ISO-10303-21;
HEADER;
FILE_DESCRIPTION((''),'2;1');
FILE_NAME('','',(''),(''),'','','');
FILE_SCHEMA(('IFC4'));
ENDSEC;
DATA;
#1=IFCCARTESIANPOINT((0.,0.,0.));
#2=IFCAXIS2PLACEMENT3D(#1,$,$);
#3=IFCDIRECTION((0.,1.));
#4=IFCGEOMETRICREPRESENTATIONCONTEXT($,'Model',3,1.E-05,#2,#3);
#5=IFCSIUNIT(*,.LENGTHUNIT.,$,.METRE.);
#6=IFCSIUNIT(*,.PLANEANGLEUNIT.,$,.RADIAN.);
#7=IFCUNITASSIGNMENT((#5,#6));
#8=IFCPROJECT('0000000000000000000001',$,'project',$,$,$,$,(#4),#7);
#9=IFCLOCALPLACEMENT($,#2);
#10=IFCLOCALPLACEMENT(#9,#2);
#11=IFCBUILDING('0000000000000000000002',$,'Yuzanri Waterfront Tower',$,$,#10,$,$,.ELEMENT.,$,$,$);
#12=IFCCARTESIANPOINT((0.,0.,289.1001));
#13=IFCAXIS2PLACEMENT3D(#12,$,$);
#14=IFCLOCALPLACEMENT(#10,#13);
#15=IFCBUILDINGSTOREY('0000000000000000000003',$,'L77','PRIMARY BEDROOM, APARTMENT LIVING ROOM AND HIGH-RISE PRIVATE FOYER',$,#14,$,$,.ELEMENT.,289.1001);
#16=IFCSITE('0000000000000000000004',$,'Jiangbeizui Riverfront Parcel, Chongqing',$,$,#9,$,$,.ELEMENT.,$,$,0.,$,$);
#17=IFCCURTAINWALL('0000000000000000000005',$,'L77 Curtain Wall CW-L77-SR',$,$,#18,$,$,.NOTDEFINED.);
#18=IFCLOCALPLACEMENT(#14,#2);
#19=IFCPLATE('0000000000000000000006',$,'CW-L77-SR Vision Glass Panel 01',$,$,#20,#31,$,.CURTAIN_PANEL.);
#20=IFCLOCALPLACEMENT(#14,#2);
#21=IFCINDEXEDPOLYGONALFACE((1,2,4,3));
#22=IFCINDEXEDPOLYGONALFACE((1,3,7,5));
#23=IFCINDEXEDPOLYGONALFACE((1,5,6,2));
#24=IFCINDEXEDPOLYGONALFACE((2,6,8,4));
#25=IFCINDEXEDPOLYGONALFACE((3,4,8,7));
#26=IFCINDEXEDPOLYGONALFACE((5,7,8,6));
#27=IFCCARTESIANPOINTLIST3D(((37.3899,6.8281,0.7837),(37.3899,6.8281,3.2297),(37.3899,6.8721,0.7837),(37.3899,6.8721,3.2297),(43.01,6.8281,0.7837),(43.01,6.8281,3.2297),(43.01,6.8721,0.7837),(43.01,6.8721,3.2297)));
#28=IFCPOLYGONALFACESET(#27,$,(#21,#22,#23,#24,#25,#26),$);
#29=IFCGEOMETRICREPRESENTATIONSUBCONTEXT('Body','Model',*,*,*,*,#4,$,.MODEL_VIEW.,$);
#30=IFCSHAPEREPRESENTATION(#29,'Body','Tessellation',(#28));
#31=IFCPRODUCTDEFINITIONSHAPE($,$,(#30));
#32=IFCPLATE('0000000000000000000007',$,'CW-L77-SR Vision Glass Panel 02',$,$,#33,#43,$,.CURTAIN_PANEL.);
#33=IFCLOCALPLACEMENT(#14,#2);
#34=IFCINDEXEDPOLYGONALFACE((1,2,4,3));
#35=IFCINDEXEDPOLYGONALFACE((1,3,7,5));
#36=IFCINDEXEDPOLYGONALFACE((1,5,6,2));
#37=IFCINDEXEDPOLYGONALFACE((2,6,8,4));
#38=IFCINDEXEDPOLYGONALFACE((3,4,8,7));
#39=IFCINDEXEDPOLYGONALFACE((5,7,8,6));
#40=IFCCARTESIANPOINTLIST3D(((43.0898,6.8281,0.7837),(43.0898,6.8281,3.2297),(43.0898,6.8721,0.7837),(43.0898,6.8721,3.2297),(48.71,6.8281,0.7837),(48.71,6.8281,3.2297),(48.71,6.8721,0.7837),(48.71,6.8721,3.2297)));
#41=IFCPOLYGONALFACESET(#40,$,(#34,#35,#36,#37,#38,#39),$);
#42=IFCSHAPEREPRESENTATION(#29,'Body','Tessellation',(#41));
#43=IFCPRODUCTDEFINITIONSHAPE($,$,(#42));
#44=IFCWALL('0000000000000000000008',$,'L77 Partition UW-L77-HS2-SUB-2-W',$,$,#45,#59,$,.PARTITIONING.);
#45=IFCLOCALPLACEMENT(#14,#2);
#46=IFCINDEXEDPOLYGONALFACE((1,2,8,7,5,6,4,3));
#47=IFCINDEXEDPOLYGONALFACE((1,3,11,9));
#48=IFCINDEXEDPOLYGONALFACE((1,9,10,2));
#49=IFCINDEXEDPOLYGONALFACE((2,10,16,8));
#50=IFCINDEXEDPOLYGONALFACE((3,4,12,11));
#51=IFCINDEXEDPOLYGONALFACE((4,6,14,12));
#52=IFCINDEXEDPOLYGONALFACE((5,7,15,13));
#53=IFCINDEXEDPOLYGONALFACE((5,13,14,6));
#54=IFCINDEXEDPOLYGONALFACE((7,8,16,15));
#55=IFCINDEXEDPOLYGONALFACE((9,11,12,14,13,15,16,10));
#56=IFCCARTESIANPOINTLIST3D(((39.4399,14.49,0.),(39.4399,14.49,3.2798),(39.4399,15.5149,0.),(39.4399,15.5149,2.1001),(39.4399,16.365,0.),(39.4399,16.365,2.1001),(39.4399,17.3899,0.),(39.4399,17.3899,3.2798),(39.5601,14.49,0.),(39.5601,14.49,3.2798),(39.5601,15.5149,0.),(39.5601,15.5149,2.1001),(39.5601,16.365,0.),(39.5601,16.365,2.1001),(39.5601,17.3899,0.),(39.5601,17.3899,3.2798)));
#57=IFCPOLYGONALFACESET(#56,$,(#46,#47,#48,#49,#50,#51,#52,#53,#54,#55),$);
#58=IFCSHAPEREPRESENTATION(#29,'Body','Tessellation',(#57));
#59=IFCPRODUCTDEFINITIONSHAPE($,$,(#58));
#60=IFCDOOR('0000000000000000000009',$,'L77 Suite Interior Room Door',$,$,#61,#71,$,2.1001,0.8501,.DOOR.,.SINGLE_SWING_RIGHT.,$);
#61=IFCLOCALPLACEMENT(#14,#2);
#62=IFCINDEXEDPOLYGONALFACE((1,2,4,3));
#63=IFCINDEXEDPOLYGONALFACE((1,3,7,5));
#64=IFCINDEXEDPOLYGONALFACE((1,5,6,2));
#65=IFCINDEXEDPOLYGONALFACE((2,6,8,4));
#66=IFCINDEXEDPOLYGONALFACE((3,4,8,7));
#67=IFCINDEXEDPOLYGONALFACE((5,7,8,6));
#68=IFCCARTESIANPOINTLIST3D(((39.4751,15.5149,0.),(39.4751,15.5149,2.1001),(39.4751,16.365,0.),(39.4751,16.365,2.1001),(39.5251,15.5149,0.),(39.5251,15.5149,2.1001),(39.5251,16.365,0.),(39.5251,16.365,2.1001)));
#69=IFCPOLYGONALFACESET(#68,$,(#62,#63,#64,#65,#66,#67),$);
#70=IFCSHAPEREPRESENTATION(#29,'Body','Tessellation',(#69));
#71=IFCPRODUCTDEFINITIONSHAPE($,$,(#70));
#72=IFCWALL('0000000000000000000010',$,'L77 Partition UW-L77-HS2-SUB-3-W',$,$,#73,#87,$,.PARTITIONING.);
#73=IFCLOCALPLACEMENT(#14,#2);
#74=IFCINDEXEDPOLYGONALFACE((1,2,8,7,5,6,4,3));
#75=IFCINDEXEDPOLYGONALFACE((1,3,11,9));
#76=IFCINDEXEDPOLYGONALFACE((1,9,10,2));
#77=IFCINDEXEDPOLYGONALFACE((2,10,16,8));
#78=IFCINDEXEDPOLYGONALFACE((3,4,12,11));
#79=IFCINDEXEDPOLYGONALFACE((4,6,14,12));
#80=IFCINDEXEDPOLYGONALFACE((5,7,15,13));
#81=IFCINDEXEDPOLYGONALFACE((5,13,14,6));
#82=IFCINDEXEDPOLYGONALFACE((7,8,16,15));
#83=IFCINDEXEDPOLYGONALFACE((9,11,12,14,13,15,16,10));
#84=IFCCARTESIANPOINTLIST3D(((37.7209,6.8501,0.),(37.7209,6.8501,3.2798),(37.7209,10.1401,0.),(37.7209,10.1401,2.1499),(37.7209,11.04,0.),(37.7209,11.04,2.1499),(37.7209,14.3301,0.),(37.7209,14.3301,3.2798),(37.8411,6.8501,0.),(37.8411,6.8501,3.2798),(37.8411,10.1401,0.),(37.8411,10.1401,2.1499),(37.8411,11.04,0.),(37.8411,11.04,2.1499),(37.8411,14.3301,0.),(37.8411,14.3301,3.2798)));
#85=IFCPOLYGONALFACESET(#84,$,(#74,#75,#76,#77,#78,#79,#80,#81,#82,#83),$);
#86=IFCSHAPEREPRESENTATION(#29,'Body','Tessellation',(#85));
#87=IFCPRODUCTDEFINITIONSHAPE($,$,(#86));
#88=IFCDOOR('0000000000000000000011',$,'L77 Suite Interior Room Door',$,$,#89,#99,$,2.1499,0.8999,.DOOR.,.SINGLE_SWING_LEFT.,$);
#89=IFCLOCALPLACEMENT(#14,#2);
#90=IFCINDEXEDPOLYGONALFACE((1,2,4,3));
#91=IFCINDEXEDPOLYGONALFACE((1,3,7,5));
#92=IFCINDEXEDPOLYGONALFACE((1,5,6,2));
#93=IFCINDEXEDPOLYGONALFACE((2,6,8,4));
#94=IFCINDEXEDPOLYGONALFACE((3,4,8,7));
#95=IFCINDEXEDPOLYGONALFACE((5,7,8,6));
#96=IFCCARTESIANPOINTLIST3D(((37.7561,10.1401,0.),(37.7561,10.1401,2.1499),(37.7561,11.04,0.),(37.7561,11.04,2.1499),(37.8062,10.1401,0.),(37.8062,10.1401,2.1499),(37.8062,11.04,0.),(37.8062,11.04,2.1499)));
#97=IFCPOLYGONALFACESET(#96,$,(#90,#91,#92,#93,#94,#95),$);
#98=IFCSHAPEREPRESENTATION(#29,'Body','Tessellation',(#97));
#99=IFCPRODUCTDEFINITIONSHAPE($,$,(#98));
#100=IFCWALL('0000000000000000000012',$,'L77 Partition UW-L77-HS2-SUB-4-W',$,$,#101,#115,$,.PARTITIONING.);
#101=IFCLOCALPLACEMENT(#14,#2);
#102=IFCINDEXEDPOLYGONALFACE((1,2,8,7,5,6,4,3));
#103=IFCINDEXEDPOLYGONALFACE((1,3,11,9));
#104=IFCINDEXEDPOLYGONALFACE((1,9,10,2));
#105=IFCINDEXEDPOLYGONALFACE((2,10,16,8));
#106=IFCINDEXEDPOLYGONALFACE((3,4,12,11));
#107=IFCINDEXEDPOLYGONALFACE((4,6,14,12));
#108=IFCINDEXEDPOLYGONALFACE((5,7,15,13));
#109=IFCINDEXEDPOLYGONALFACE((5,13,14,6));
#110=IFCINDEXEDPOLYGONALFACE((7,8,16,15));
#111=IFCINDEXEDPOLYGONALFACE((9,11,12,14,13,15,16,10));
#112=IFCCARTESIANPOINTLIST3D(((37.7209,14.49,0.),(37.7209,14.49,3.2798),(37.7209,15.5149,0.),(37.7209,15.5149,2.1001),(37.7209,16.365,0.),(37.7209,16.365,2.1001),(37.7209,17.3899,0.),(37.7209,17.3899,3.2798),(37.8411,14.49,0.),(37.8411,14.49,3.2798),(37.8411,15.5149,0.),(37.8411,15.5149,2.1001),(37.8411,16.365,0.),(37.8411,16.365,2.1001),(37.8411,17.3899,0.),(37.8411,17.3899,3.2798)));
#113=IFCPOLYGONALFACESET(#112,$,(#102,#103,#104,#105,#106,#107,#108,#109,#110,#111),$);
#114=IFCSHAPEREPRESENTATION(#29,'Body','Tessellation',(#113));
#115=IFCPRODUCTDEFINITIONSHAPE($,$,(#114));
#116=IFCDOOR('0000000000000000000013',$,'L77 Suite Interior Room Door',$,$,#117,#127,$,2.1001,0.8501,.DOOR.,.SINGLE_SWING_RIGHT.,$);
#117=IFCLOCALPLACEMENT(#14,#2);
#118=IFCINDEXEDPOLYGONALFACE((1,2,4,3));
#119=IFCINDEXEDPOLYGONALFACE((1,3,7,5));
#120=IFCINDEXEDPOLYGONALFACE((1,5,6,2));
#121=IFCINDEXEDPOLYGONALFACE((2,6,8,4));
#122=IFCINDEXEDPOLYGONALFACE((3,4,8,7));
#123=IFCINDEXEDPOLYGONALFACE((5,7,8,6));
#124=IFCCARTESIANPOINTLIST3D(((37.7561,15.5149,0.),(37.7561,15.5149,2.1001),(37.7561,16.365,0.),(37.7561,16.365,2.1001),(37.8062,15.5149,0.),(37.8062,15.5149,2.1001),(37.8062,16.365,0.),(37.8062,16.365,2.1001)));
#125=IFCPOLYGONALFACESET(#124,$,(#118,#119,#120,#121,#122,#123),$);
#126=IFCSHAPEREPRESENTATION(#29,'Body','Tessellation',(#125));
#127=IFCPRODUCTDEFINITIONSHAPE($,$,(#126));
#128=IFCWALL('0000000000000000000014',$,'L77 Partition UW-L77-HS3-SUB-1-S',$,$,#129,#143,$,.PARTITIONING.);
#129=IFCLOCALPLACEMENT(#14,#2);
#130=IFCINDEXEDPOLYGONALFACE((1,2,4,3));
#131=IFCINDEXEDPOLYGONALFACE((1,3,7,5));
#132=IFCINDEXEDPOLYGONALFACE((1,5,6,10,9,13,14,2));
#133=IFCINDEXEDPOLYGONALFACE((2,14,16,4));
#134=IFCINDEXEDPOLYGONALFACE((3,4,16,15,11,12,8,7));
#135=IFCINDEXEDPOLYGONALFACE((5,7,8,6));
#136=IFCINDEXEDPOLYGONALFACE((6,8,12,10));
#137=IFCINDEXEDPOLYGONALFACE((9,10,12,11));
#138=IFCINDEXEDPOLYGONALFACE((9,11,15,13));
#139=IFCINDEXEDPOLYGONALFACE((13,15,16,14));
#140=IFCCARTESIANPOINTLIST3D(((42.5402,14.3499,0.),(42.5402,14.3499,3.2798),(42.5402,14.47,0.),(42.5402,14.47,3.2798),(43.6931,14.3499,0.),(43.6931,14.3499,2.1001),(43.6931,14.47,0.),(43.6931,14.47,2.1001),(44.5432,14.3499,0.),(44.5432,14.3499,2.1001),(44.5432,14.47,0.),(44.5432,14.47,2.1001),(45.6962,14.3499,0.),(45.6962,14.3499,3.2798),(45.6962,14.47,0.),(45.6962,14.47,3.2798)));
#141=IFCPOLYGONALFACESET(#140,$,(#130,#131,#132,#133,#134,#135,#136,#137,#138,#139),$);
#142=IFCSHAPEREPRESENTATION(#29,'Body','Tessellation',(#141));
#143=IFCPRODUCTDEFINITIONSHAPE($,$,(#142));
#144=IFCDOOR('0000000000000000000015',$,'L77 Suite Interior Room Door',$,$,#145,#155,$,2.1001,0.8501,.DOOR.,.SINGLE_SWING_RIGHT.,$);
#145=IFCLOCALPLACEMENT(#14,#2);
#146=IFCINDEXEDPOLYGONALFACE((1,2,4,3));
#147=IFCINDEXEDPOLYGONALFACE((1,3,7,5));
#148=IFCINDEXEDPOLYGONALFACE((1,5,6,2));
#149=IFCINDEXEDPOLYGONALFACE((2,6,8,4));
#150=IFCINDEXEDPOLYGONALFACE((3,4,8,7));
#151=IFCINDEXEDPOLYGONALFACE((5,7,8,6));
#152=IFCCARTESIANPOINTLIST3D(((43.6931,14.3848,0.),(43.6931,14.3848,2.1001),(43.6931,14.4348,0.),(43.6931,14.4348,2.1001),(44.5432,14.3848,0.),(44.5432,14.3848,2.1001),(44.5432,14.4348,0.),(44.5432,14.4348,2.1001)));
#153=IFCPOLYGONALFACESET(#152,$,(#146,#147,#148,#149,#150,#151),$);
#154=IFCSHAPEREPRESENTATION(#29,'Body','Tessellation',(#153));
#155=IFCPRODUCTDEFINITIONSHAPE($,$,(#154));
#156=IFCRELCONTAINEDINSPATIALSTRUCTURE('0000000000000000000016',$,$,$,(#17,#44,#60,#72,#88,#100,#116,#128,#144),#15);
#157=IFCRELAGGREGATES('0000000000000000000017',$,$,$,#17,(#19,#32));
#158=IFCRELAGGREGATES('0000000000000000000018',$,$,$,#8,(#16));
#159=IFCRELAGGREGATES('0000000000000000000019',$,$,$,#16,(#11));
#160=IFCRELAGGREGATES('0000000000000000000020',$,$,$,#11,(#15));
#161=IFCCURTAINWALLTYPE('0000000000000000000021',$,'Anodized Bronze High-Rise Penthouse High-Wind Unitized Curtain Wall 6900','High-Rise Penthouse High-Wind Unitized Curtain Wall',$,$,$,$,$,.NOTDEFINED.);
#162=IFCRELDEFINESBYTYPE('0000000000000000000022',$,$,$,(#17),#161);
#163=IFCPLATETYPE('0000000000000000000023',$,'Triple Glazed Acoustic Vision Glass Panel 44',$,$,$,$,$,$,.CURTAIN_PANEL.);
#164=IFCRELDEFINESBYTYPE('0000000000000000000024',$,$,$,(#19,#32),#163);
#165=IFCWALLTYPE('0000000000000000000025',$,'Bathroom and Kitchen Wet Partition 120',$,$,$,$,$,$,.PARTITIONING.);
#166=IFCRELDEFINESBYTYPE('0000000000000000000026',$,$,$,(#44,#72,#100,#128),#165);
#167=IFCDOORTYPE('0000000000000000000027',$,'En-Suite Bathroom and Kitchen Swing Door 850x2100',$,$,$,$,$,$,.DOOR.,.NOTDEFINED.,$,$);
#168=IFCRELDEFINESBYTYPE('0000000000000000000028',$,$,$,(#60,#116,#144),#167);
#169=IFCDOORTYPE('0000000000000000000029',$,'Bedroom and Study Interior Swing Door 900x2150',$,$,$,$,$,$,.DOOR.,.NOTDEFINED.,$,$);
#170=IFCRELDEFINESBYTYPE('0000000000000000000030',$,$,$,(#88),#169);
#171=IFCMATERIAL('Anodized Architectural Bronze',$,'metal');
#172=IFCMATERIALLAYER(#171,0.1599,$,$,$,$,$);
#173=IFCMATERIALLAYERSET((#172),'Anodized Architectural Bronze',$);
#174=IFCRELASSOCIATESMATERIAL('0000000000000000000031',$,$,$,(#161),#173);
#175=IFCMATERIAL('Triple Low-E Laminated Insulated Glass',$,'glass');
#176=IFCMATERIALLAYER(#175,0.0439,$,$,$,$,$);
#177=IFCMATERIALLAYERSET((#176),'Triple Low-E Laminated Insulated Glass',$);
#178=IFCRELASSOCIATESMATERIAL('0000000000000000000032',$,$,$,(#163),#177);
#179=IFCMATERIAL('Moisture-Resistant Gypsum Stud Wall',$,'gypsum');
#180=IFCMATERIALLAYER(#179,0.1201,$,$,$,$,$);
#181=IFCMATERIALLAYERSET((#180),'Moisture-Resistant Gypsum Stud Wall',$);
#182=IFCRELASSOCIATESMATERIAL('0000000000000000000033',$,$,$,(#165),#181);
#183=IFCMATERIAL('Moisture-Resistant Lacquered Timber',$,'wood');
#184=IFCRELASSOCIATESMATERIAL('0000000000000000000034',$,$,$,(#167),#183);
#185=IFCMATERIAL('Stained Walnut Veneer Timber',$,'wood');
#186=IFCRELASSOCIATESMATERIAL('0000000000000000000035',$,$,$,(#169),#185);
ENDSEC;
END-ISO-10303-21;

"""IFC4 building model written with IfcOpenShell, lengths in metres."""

from ifc_helpers import new_model, si_unit, direction, frame, frame_2d, origin, origin_2d, place, context, subcontext, project, spatial, rectangle, extrude, source, transform, mapped, material, layer, layer_set, type_object, element, fill, aggregate, save


model = new_model("IFC4")

# Units and contexts
model_context = context("Model", 3, precision=1e-05, world=origin(), true_north=direction((0.0, 1.0)))
body_context = subcontext(model_context, "Body", "Model", "MODEL_VIEW")
ifc_project = project(units=[si_unit("LENGTHUNIT", "METRE"), si_unit("PLANEANGLEUNIT", "RADIAN")], contexts=[model_context])

# Site, building, storey
site_placement = place(None, origin())
site = spatial("IfcSite", under=ifc_project, at=site_placement, Name="Jiangbeizui Riverfront Parcel, Chongqing", CompositionType="ELEMENT", RefElevation=0.0)
building_placement = place(site_placement, origin())
building = spatial("IfcBuilding", under=site, at=building_placement, Name="Yuzanri Waterfront Tower", CompositionType="ELEMENT")
storey_placement = place(building_placement, frame((0.0, 0.0, 289.1001)))
storey = spatial("IfcBuildingStorey", under=building, at=storey_placement, Name="L77", Description="PRIMARY BEDROOM, APARTMENT LIVING ROOM AND HIGH-RISE PRIVATE FOYER", CompositionType="ELEMENT", Elevation=289.1001)

# Curtain wall, plates
ifc_material_1 = material(Name="Anodized Architectural Bronze", Category="metal")
ifc_layer_1 = layer(ifc_material_1, 0.1599)
ifc_layer_set_1 = layer_set([ifc_layer_1], Name="Anodized Architectural Bronze")
curtain_wall_type = type_object("IfcCurtainWallType", Name="Anodized Bronze High-Rise Penthouse High-Wind Unitized Curtain Wall 6900", Description="High-Rise Penthouse High-Wind Unitized Curtain Wall", PredefinedType="NOTDEFINED", material=ifc_layer_set_1)
curtain_wall_placement = place(storey_placement, origin())
curtain_wall = element("IfcCurtainWall", 1, at=curtain_wall_placement, inside=storey, type_object=curtain_wall_type, Name="L77 Curtain Wall CW-L77-SR", PredefinedType="NOTDEFINED")
ifc_material_2 = material(Name="Triple Low-E Laminated Insulated Glass", Category="glass")
ifc_layer_2 = layer(ifc_material_2, 0.0439)
ifc_layer_set_2 = layer_set([ifc_layer_2], Name="Triple Low-E Laminated Insulated Glass")
plate_type_1 = type_object("IfcPlateType", Name="Triple Glazed Acoustic Vision Glass Panel 44", PredefinedType="CURTAIN_PANEL", material=ifc_layer_set_2)
shared_shape_1 = source(origin(), body_context, "Body", "SweptSolid", [
    extrude(rectangle(XDim=5.6201, YDim=0.0439, at=origin_2d()), origin(), (0.0, 0.0, 1.0), 2.446),
])
plate_1_placement = place(storey_placement, frame((40.2, 6.8501, 0.7837), z_axis=(0.0, 0.0, 1.0), x_axis=(1.0, 0.0, 0.0)))
plate_1 = element("IfcPlate", 2, at=plate_1_placement, type_object=plate_type_1, Name="CW-L77-SR Vision Glass Panel 01", PredefinedType="CURTAIN_PANEL", context=body_context, shape_type="MappedRepresentation", body=[
    mapped(shared_shape_1, transform((0.0, 0.0, 0.0), scale=1.0)),
])
plate_2_placement = place(storey_placement, frame((45.8999, 6.8501, 0.7837), z_axis=(0.0, 0.0, 1.0), x_axis=(1.0, 0.0, 0.0)))
plate_2 = element("IfcPlate", 3, at=plate_2_placement, type_object=plate_type_1, Name="CW-L77-SR Vision Glass Panel 02", PredefinedType="CURTAIN_PANEL", context=body_context, shape_type="MappedRepresentation", body=[
    mapped(shared_shape_1, transform((0.0, 0.0, 0.0), scale=1.0)),
])
aggregate(curtain_wall, [plate_1, plate_2])

# Walls, openings, doors
ifc_material_3 = material(Name="Moisture-Resistant Gypsum Stud Wall", Category="gypsum")
ifc_layer_3 = layer(ifc_material_3, 0.1201)
ifc_layer_set_3 = layer_set([ifc_layer_3], Name="Moisture-Resistant Gypsum Stud Wall")
wall_type_1 = type_object("IfcWallType", Name="Bathroom and Kitchen Wet Partition 120", PredefinedType="PARTITIONING", material=ifc_layer_set_3)
wall_1_placement = place(storey_placement, frame((39.5, 14.49, 0.0), z_axis=(0.0, 0.0, 1.0), x_axis=(0.0, 1.0, 0.0)))
wall_1 = element("IfcWall", 4, at=wall_1_placement, inside=storey, type_object=wall_type_1, Name="L77 Partition UW-L77-HS2-SUB-2-W", PredefinedType="PARTITIONING", context=body_context, shape_type="SweptSolid", body=[
    extrude(rectangle(XDim=2.8999, YDim=0.1201, at=frame_2d((1.45, 0.0))), origin(), (0.0, 0.0, 1.0), 3.2798),
])
opening_1_placement = place(wall_1_placement, frame((1.0249, 0.0, 0.0)))
opening_1 = element("IfcOpeningElement", 5, at=opening_1_placement, cuts=wall_1, PredefinedType="OPENING", context=body_context, shape_type="SweptSolid", body=[
    extrude(rectangle(XDim=0.8501, YDim=2.1001, at=frame_2d((0.425, 1.05))), frame((0.0, 0.075, 0.0), z_axis=(0.0, -1.0, 0.0), x_axis=(1.0, 0.0, 0.0)), (0.0, 0.0, 1.0), 0.1499),
])
ifc_material_4 = material(Name="Moisture-Resistant Lacquered Timber", Category="wood")
door_type_1 = type_object("IfcDoorType", Name="En-Suite Bathroom and Kitchen Swing Door 850x2100", OperationType="NOTDEFINED", PredefinedType="DOOR", material=ifc_material_4)
shared_shape_2 = source(origin(), body_context, "Body", "SweptSolid", [
    extrude(rectangle(XDim=0.8501, YDim=2.1001, at=frame_2d((0.425, 1.05))), frame((0.0, 0.0249, 0.0), z_axis=(0.0, -1.0, 0.0), x_axis=(1.0, 0.0, 0.0)), (0.0, 0.0, 1.0), 0.05),
])
door_1_placement = place(opening_1_placement, origin())
door_1 = element("IfcDoor", 6, at=door_1_placement, inside=storey, type_object=door_type_1, Name="L77 Suite Interior Room Door", OperationType="SINGLE_SWING_RIGHT", OverallHeight=2.1001, OverallWidth=0.8501, PredefinedType="DOOR", context=body_context, shape_type="MappedRepresentation", body=[
    mapped(shared_shape_2, transform((0.0, 0.0, 0.0), scale=1.0)),
])
fill(opening_1, door_1)
wall_2_placement = place(storey_placement, frame((37.781, 6.8501, 0.0), z_axis=(0.0, 0.0, 1.0), x_axis=(0.0, 1.0, 0.0)))
wall_2 = element("IfcWall", 7, at=wall_2_placement, inside=storey, type_object=wall_type_1, Name="L77 Partition UW-L77-HS2-SUB-3-W", PredefinedType="PARTITIONING", context=body_context, shape_type="SweptSolid", body=[
    extrude(rectangle(XDim=7.48, YDim=0.1201, at=frame_2d((3.74, 0.0))), origin(), (0.0, 0.0, 1.0), 3.2798),
])
opening_2_placement = place(wall_2_placement, frame((3.29, 0.0, 0.0)))
opening_2 = element("IfcOpeningElement", 8, at=opening_2_placement, cuts=wall_2, PredefinedType="OPENING", context=body_context, shape_type="SweptSolid", body=[
    extrude(rectangle(XDim=0.8999, YDim=2.1499, at=frame_2d((0.45, 1.075))), frame((0.0, 0.075, 0.0), z_axis=(0.0, -1.0, 0.0), x_axis=(1.0, 0.0, 0.0)), (0.0, 0.0, 1.0), 0.1499),
])
ifc_material_5 = material(Name="Stained Walnut Veneer Timber", Category="wood")
door_type_2 = type_object("IfcDoorType", Name="Bedroom and Study Interior Swing Door 900x2150", OperationType="NOTDEFINED", PredefinedType="DOOR", material=ifc_material_5)
shared_shape_3 = source(origin(), body_context, "Body", "SweptSolid", [
    extrude(rectangle(XDim=0.8999, YDim=2.1499, at=frame_2d((0.45, 1.075))), frame((0.0, 0.0249, 0.0), z_axis=(0.0, -1.0, 0.0), x_axis=(1.0, 0.0, 0.0)), (0.0, 0.0, 1.0), 0.05),
])
door_2_placement = place(opening_2_placement, origin())
door_2 = element("IfcDoor", 9, at=door_2_placement, inside=storey, type_object=door_type_2, Name="L77 Suite Interior Room Door", OperationType="SINGLE_SWING_LEFT", OverallHeight=2.1499, OverallWidth=0.8999, PredefinedType="DOOR", context=body_context, shape_type="MappedRepresentation", body=[
    mapped(shared_shape_3, transform((0.0, 0.0, 0.0), scale=1.0)),
])
fill(opening_2, door_2)
wall_3_placement = place(storey_placement, frame((37.781, 14.49, 0.0), z_axis=(0.0, 0.0, 1.0), x_axis=(0.0, 1.0, 0.0)))
wall_3 = element("IfcWall", 10, at=wall_3_placement, inside=storey, type_object=wall_type_1, Name="L77 Partition UW-L77-HS2-SUB-4-W", PredefinedType="PARTITIONING", context=body_context, shape_type="SweptSolid", body=[
    extrude(rectangle(XDim=2.8999, YDim=0.1201, at=frame_2d((1.45, 0.0))), origin(), (0.0, 0.0, 1.0), 3.2798),
])
opening_3_placement = place(wall_3_placement, frame((1.0249, 0.0, 0.0)))
opening_3 = element("IfcOpeningElement", 11, at=opening_3_placement, cuts=wall_3, PredefinedType="OPENING", context=body_context, shape_type="SweptSolid", body=[
    extrude(rectangle(XDim=0.8501, YDim=2.1001, at=frame_2d((0.425, 1.05))), frame((0.0, 0.075, 0.0), z_axis=(0.0, -1.0, 0.0), x_axis=(1.0, 0.0, 0.0)), (0.0, 0.0, 1.0), 0.1499),
])
door_3_placement = place(opening_3_placement, origin())
door_3 = element("IfcDoor", 12, at=door_3_placement, inside=storey, type_object=door_type_1, Name="L77 Suite Interior Room Door", OperationType="SINGLE_SWING_RIGHT", OverallHeight=2.1001, OverallWidth=0.8501, PredefinedType="DOOR", context=body_context, shape_type="MappedRepresentation", body=[
    mapped(shared_shape_2, transform((0.0, 0.0, 0.0), scale=1.0)),
])
fill(opening_3, door_3)
wall_4_placement = place(storey_placement, frame((42.54, 14.4099, 0.0), z_axis=(0.0, 0.0, 1.0), x_axis=(1.0, 0.0, 0.0)))
wall_4 = element("IfcWall", 13, at=wall_4_placement, inside=storey, type_object=wall_type_1, Name="L77 Partition UW-L77-HS3-SUB-1-S", PredefinedType="PARTITIONING", context=body_context, shape_type="SweptSolid", body=[
    extrude(rectangle(XDim=3.156, YDim=0.1201, at=frame_2d((1.5781, 0.0))), origin(), (0.0, 0.0, 1.0), 3.2798),
])
opening_4_placement = place(wall_4_placement, frame((1.1531, 0.0, 0.0)))
opening_4 = element("IfcOpeningElement", 14, at=opening_4_placement, cuts=wall_4, PredefinedType="OPENING", context=body_context, shape_type="SweptSolid", body=[
    extrude(rectangle(XDim=0.8501, YDim=2.1001, at=frame_2d((0.425, 1.05))), frame((0.0, 0.075, 0.0), z_axis=(0.0, -1.0, 0.0), x_axis=(1.0, 0.0, 0.0)), (0.0, 0.0, 1.0), 0.1499),
])
door_4_placement = place(opening_4_placement, origin())
door_4 = element("IfcDoor", 15, at=door_4_placement, inside=storey, type_object=door_type_1, Name="L77 Suite Interior Room Door", OperationType="SINGLE_SWING_RIGHT", OverallHeight=2.1001, OverallWidth=0.8501, PredefinedType="DOOR", context=body_context, shape_type="MappedRepresentation", body=[
    mapped(shared_shape_2, transform((0.0, 0.0, 0.0), scale=1.0)),
])
fill(opening_4, door_4)

save(model, "model.ifc")
